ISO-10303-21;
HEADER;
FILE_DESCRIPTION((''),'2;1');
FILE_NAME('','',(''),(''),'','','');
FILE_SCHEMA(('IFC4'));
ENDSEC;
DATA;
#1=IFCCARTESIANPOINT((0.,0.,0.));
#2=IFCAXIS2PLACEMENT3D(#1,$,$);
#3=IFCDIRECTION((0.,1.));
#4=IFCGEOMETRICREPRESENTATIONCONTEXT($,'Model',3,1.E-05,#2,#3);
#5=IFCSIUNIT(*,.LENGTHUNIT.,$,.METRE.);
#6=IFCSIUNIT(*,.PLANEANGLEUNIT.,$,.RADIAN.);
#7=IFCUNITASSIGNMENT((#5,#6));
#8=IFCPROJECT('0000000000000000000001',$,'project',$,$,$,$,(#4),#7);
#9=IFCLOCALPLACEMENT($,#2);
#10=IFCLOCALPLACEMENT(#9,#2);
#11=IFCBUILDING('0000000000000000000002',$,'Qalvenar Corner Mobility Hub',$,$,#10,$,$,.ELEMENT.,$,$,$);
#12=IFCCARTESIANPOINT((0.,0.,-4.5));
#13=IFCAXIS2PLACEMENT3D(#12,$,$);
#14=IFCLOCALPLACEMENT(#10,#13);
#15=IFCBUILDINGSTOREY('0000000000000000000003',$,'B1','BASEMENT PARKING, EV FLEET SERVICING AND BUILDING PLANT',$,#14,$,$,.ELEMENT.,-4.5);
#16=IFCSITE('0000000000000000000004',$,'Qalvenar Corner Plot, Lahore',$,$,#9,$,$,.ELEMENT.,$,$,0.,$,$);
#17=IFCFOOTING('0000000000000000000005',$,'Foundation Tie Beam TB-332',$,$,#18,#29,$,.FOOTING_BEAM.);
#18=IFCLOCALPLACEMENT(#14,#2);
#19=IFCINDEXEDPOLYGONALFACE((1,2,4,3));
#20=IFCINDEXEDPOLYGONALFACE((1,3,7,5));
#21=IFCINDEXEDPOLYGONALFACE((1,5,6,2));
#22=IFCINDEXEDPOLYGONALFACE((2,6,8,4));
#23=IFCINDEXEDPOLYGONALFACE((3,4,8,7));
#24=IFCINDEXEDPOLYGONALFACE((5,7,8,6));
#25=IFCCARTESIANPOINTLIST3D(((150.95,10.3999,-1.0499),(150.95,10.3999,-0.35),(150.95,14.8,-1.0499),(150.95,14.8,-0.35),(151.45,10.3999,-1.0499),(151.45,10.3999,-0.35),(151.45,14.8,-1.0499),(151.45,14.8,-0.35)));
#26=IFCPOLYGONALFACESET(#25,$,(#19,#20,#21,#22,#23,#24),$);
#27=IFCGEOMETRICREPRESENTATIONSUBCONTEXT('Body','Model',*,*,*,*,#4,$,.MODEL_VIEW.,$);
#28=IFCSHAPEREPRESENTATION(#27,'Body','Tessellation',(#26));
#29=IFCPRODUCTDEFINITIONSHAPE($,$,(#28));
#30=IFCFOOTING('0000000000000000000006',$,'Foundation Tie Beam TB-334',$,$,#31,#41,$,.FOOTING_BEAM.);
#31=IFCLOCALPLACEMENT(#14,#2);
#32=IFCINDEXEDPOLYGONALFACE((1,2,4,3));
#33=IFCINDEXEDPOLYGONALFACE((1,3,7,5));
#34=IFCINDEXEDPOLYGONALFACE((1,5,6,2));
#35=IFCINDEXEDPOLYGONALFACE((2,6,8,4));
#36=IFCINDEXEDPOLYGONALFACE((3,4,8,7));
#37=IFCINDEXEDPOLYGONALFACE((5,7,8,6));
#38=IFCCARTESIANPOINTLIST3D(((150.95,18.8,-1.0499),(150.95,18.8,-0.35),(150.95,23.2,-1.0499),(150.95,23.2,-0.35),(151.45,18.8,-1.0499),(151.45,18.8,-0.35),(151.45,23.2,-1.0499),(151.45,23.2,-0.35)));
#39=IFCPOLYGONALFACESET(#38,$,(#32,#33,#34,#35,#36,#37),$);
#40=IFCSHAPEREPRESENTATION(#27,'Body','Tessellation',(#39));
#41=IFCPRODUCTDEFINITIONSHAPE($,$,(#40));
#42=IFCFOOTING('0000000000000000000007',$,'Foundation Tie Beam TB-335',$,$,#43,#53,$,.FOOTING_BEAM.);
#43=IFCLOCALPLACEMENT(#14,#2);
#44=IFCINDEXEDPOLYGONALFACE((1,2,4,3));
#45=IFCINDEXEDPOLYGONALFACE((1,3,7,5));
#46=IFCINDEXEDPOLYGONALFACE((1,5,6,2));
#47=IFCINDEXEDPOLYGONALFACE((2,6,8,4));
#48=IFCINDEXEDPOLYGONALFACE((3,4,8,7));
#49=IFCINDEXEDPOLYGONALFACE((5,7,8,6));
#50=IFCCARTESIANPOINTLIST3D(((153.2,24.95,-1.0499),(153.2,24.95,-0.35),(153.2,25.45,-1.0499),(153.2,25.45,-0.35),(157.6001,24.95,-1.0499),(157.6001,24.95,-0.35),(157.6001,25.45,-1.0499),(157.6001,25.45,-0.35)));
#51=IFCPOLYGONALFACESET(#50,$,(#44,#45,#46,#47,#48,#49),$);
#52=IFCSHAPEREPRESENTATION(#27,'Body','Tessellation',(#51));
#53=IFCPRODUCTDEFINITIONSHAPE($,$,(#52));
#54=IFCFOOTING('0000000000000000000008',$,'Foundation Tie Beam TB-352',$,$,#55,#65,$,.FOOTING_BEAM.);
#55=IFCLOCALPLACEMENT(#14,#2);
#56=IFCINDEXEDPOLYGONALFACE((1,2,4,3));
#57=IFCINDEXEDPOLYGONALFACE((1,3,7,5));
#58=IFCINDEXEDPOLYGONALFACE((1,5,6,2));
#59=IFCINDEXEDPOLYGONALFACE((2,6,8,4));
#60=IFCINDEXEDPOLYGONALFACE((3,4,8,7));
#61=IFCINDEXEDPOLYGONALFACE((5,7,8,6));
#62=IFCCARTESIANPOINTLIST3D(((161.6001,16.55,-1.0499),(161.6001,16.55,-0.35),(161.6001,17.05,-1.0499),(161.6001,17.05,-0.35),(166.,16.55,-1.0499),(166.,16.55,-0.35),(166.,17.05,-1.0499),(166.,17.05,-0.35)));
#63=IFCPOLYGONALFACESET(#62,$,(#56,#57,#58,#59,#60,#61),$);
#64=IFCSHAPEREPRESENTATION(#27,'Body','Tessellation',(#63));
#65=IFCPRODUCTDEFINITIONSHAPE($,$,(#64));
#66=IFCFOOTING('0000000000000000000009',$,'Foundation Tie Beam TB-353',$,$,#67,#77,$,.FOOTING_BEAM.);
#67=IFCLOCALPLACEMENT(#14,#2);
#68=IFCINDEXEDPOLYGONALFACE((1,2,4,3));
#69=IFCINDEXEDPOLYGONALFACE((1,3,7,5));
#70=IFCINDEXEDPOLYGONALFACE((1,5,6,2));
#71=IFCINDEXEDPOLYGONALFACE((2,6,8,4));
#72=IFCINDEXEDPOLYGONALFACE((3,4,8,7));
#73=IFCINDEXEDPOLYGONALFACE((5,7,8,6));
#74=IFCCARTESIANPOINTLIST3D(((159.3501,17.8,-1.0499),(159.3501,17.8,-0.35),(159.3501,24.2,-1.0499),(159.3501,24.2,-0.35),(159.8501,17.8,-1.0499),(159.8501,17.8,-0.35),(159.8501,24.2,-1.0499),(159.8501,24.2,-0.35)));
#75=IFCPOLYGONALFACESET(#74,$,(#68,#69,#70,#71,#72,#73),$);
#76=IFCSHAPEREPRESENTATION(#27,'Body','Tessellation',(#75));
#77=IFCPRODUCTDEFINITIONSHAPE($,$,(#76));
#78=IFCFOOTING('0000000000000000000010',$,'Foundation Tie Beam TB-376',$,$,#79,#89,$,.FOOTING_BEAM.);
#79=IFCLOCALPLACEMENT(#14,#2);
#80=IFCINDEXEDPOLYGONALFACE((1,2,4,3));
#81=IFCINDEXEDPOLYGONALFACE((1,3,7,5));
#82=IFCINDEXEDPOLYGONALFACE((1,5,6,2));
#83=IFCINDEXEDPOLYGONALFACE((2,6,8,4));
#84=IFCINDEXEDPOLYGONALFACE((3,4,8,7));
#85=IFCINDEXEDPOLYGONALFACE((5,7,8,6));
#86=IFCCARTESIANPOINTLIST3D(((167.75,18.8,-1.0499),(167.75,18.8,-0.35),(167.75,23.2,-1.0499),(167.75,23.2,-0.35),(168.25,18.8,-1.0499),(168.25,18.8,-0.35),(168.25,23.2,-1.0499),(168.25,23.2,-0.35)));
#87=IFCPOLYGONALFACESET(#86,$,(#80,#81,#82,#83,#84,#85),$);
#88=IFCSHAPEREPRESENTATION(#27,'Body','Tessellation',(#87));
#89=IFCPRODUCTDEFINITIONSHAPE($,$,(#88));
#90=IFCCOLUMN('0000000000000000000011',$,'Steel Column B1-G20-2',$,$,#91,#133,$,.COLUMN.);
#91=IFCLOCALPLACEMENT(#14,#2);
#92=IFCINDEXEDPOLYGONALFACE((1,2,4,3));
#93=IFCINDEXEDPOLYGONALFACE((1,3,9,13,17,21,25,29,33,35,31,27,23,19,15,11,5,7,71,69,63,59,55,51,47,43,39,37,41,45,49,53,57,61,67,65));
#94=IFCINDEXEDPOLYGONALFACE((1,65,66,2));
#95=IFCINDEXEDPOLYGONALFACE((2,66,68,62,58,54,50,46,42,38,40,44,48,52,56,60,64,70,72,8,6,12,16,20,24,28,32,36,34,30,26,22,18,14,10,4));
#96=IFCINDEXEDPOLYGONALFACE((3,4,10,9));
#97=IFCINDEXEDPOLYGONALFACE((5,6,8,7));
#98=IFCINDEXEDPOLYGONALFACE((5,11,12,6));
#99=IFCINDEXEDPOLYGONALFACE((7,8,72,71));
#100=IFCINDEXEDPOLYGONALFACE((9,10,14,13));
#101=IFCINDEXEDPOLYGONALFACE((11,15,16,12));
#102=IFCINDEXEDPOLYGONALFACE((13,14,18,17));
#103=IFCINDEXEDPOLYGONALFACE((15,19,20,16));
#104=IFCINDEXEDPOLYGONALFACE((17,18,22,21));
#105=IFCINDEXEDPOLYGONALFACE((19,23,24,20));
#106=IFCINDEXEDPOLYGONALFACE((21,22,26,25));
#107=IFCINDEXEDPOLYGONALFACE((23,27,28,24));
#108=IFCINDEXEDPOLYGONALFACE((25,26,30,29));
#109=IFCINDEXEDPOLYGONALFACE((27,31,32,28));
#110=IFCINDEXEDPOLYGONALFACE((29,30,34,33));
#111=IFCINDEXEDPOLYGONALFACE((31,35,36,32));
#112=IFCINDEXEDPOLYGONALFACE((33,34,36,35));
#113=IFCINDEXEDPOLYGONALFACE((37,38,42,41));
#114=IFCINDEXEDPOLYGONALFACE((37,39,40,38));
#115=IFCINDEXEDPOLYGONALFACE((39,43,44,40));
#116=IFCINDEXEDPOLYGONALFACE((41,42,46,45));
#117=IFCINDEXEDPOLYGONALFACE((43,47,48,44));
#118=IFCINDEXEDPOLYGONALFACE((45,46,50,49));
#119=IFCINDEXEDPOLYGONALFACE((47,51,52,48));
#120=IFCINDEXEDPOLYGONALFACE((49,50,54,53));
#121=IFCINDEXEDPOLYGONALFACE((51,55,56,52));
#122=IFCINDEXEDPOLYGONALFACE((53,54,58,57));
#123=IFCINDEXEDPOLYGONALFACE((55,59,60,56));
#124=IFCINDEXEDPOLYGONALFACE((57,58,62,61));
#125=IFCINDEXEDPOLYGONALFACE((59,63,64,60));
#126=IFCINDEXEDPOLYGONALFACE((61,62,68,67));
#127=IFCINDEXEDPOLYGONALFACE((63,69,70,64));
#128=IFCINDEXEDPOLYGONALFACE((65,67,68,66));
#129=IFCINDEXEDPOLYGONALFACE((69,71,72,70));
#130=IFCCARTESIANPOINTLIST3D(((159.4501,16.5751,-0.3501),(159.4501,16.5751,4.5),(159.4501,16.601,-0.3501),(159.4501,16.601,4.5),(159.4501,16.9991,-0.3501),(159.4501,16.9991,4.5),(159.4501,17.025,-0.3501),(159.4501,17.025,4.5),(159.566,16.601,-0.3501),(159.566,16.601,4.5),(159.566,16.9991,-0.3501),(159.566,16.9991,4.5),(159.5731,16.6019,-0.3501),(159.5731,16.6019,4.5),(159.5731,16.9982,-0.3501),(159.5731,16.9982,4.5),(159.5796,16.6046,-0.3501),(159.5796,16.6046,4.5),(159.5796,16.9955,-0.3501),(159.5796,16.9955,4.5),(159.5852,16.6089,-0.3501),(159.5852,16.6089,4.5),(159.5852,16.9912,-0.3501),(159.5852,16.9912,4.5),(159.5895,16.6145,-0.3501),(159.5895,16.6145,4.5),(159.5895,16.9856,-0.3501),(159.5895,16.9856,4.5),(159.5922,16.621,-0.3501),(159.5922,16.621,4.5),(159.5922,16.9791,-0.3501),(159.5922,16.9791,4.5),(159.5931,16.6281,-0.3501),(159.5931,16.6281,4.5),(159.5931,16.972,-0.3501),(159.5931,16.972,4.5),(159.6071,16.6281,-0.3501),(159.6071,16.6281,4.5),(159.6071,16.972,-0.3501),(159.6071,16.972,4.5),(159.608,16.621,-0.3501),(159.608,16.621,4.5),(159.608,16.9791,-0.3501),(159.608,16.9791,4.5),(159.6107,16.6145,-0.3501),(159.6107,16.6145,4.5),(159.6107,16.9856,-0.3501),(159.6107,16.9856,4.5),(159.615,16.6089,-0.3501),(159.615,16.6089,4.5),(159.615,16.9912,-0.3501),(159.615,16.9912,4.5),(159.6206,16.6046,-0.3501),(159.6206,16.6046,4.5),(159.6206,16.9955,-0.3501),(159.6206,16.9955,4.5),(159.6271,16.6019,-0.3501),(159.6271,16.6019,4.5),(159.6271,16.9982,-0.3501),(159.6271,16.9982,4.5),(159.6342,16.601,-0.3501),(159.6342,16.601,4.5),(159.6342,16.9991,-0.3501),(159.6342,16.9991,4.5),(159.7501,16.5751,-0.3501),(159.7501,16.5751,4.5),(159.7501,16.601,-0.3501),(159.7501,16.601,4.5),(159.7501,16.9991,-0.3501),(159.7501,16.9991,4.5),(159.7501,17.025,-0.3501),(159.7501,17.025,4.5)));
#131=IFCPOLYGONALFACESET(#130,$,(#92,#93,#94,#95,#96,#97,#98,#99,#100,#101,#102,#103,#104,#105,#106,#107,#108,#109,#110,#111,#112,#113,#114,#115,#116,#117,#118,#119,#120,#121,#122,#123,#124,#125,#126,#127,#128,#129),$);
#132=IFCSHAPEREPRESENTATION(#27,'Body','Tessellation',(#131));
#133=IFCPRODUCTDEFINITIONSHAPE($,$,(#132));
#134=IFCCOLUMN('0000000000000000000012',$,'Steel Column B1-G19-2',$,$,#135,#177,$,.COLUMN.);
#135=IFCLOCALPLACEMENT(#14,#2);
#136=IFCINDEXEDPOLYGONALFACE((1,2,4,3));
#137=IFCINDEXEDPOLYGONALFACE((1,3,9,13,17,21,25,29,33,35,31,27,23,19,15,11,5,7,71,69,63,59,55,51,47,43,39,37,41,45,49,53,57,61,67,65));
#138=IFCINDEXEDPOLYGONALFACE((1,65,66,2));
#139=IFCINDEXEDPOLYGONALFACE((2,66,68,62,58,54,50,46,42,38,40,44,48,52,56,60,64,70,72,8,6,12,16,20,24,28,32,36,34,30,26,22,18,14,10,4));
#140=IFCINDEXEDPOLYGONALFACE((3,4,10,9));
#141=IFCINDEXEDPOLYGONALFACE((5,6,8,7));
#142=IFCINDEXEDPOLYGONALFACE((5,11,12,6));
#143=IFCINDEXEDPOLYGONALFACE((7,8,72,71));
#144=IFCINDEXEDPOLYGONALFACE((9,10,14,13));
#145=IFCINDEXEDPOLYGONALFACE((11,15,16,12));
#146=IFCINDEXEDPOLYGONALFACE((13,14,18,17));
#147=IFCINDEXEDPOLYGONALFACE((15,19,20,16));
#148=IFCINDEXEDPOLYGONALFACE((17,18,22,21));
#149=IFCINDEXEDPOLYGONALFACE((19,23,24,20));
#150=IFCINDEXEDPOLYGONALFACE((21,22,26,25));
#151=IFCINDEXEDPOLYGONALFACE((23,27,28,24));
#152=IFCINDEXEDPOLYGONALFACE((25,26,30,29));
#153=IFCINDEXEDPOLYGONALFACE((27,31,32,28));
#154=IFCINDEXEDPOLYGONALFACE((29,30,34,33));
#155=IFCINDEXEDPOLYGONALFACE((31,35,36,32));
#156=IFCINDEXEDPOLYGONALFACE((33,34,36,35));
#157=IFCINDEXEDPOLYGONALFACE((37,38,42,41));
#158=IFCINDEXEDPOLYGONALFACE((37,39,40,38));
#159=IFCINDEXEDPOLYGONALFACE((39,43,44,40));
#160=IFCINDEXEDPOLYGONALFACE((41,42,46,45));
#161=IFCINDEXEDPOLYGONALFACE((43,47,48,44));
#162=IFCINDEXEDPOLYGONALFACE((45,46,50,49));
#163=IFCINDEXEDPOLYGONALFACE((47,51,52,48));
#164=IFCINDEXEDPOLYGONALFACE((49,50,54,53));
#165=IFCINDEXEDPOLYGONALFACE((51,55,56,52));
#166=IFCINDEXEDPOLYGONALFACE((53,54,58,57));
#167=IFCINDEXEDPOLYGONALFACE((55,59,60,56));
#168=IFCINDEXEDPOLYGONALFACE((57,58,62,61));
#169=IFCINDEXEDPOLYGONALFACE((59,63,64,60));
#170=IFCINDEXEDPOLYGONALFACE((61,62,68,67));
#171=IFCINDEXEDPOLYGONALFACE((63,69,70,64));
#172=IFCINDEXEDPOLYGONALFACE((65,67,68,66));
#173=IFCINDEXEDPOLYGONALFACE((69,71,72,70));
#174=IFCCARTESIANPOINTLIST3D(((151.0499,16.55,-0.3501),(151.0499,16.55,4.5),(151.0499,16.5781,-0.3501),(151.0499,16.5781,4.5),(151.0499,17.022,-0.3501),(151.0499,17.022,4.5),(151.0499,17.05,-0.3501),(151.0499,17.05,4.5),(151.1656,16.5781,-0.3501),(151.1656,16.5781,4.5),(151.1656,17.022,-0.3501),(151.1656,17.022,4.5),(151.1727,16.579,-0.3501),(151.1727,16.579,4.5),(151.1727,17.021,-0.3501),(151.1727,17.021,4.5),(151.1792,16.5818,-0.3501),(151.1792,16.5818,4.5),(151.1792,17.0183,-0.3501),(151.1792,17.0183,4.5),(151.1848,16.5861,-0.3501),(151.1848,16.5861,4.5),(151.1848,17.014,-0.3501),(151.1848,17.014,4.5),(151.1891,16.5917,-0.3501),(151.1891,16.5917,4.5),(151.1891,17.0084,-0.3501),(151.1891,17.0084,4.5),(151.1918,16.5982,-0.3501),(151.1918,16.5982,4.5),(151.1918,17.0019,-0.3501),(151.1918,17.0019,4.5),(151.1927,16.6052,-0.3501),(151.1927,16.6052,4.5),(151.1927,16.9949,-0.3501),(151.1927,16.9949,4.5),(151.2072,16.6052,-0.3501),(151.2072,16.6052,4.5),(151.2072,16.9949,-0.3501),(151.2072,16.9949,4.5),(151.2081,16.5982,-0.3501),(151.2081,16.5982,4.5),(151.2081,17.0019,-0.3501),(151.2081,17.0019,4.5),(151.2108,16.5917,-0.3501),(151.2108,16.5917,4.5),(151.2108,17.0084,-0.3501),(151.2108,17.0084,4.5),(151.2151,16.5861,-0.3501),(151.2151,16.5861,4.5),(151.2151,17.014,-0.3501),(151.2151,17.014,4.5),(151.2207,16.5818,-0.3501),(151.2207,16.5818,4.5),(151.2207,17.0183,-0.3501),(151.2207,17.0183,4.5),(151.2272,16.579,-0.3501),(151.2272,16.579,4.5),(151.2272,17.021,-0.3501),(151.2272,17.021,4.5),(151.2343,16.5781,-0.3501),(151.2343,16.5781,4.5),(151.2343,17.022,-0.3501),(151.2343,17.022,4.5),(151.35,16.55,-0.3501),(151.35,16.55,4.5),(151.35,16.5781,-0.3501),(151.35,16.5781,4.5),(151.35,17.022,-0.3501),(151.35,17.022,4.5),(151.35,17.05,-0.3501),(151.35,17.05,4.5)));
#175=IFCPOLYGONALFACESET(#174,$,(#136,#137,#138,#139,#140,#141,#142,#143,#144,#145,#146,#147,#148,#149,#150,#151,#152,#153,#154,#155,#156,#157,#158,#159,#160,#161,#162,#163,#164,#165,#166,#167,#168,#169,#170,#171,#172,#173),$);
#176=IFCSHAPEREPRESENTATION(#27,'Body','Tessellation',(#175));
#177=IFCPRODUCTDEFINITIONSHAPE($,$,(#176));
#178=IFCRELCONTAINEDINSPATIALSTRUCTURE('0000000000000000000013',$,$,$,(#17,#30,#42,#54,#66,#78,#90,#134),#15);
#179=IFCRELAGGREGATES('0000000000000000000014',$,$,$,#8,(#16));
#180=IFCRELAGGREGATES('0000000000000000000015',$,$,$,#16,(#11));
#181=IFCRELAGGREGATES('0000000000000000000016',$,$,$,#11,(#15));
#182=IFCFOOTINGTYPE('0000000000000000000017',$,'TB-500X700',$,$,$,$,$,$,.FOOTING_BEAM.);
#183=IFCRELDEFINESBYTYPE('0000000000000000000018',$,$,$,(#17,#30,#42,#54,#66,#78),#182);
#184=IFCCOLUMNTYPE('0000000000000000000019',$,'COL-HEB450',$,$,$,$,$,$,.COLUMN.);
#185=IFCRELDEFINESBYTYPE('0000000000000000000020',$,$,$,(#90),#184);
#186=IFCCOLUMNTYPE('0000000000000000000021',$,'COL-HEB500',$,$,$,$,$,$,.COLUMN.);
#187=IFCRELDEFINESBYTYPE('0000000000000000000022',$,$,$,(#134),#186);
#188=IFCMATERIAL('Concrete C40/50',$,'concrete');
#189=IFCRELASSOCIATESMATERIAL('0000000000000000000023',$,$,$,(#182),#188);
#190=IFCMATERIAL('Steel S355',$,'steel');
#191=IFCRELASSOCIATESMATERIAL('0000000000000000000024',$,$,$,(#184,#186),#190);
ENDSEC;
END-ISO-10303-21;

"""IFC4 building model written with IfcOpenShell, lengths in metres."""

from ifc_helpers import new_model, si_unit, direction, frame, origin, origin_2d, place, context, subcontext, project, spatial, rectangle, i_section, extrude, material, material_profile, profile_set, type_object, element, save


model = new_model("IFC4")

# Units and contexts
model_context = context("Model", 3, precision=1e-05, world=origin(), true_north=direction((0.0, 1.0)))
body_context = subcontext(model_context, "Body", "Model", "MODEL_VIEW")
ifc_project = project(units=[si_unit("LENGTHUNIT", "METRE"), si_unit("PLANEANGLEUNIT", "RADIAN")], contexts=[model_context])

# Site, building, storey
site_placement = place(None, origin())
site = spatial("IfcSite", under=ifc_project, at=site_placement, Name="Qalvenar Corner Plot, Lahore", CompositionType="ELEMENT", RefElevation=0.0)
building_placement = place(site_placement, origin())
building = spatial("IfcBuilding", under=site, at=building_placement, Name="Qalvenar Corner Mobility Hub", CompositionType="ELEMENT")
storey_placement = place(building_placement, frame((0.0, 0.0, -4.5)))
storey = spatial("IfcBuildingStorey", under=building, at=storey_placement, Name="B1", Description="BASEMENT PARKING, EV FLEET SERVICING AND BUILDING PLANT", CompositionType="ELEMENT", Elevation=-4.5)

# Shared definitions
ifc_material_1 = material(Name="Concrete C40/50", Category="concrete")

# Footings
ifc_material_profile_1 = material_profile(ifc_material_1, rectangle(XDim=0.5, YDim=0.7, at=origin_2d()), Name="RC500x700")
ifc_profile_set_1 = profile_set([ifc_material_profile_1], Name="Concrete C40/50")
footing_type_1 = type_object("IfcFootingType", Name="TB-500X700", PredefinedType="FOOTING_BEAM", material=ifc_profile_set_1)
footing_1_placement = place(storey_placement, frame((151.2, 10.3999, -0.7), z_axis=(0.0, 1.0, 0.0), x_axis=(-1.0, 0.0, 0.0)))
element("IfcFooting", 1, at=footing_1_placement, inside=storey, type_object=footing_type_1, Name="Foundation Tie Beam TB-332", PredefinedType="FOOTING_BEAM", context=body_context, shape_type="SweptSolid", body=[
    extrude(rectangle(XDim=0.5, YDim=0.7, at=origin_2d()), origin(), (0.0, 0.0, 1.0), 4.4001),
])
footing_2_placement = place(storey_placement, frame((151.2, 18.8, -0.7), z_axis=(0.0, 1.0, 0.0), x_axis=(-1.0, 0.0, 0.0)))
element("IfcFooting", 2, at=footing_2_placement, inside=storey, type_object=footing_type_1, Name="Foundation Tie Beam TB-334", PredefinedType="FOOTING_BEAM", context=body_context, shape_type="SweptSolid", body=[
    extrude(rectangle(XDim=0.5, YDim=0.7, at=origin_2d()), origin(), (0.0, 0.0, 1.0), 4.3999),
])
footing_3_placement = place(storey_placement, frame((153.2, 25.2, -0.7), z_axis=(1.0, 0.0, 0.0), x_axis=(0.0, 1.0, 0.0)))
element("IfcFooting", 3, at=footing_3_placement, inside=storey, type_object=footing_type_1, Name="Foundation Tie Beam TB-335", PredefinedType="FOOTING_BEAM", context=body_context, shape_type="SweptSolid", body=[
    extrude(rectangle(XDim=0.5, YDim=0.7, at=origin_2d()), origin(), (0.0, 0.0, 1.0), 4.4001),
])
footing_4_placement = place(storey_placement, frame((161.6001, 16.8, -0.7), z_axis=(1.0, 0.0, 0.0), x_axis=(0.0, 1.0, 0.0)))
element("IfcFooting", 4, at=footing_4_placement, inside=storey, type_object=footing_type_1, Name="Foundation Tie Beam TB-352", PredefinedType="FOOTING_BEAM", context=body_context, shape_type="SweptSolid", body=[
    extrude(rectangle(XDim=0.5, YDim=0.7, at=origin_2d()), origin(), (0.0, 0.0, 1.0), 4.3999),
])
footing_5_placement = place(storey_placement, frame((159.6001, 17.8, -0.7), z_axis=(0.0, 1.0, 0.0), x_axis=(-1.0, 0.0, 0.0)))
element("IfcFooting", 5, at=footing_5_placement, inside=storey, type_object=footing_type_1, Name="Foundation Tie Beam TB-353", PredefinedType="FOOTING_BEAM", context=body_context, shape_type="SweptSolid", body=[
    extrude(rectangle(XDim=0.5, YDim=0.7, at=origin_2d()), origin(), (0.0, 0.0, 1.0), 6.3999),
])
footing_6_placement = place(storey_placement, frame((168.0, 18.8, -0.7), z_axis=(0.0, 1.0, 0.0), x_axis=(-1.0, 0.0, 0.0)))
element("IfcFooting", 6, at=footing_6_placement, inside=storey, type_object=footing_type_1, Name="Foundation Tie Beam TB-376", PredefinedType="FOOTING_BEAM", context=body_context, shape_type="SweptSolid", body=[
    extrude(rectangle(XDim=0.5, YDim=0.7, at=origin_2d()), origin(), (0.0, 0.0, 1.0), 4.3999),
])

# Columns
ifc_material_2 = material(Name="Steel S355", Category="steel")
ifc_material_profile_2 = material_profile(ifc_material_2, i_section(OverallWidth=0.3, OverallDepth=0.45, WebThickness=0.0139, FlangeThickness=0.0259, FilletRadius=0.0271, at=origin_2d()), Name="HEB450")
ifc_profile_set_2 = profile_set([ifc_material_profile_2], Name="Steel S355")
column_type_1 = type_object("IfcColumnType", Name="COL-HEB450", PredefinedType="COLUMN", material=ifc_profile_set_2)
column_placement = place(storey_placement, frame((159.6001, 16.8, -0.3501), z_axis=(0.0, 0.0, 1.0), x_axis=(1.0, 0.0, 0.0)))
element("IfcColumn", 7, at=column_placement, inside=storey, type_object=column_type_1, Name="Steel Column B1-G20-2", PredefinedType="COLUMN", context=body_context, shape_type="SweptSolid", body=[
    extrude(i_section(OverallWidth=0.3, OverallDepth=0.45, WebThickness=0.0139, FlangeThickness=0.0259, FilletRadius=0.0271, at=origin_2d()), origin(), (0.0, 0.0, 1.0), 4.8501),
])
ifc_material_profile_3 = material_profile(ifc_material_2, i_section(OverallWidth=0.3, OverallDepth=0.5, WebThickness=0.0144, FlangeThickness=0.0281, FilletRadius=0.0271, at=origin_2d()), Name="HEB500")
ifc_profile_set_3 = profile_set([ifc_material_profile_3], Name="Steel S355")
column_type_2 = type_object("IfcColumnType", Name="COL-HEB500", PredefinedType="COLUMN", material=ifc_profile_set_3)
for number, where, z_axis, x_axis, name in (
    (8, (151.2, 16.8, -0.3501), (0.0, 0.0, 1.0), (1.0, 0.0, 0.0), "Steel Column B1-G19-2"),
):
    element("IfcColumn", number, at=place(storey_placement, frame(where, z_axis=z_axis, x_axis=x_axis)), inside=storey, type_object=column_type_2, Name=name, PredefinedType="COLUMN", context=body_context, shape_type="SweptSolid", body=[
        extrude(i_section(OverallWidth=0.3, OverallDepth=0.5, WebThickness=0.0144, FlangeThickness=0.0281, FilletRadius=0.0271, at=origin_2d()), origin(), (0.0, 0.0, 1.0), 4.8501),
    ])

save(model, "model.ifc")
